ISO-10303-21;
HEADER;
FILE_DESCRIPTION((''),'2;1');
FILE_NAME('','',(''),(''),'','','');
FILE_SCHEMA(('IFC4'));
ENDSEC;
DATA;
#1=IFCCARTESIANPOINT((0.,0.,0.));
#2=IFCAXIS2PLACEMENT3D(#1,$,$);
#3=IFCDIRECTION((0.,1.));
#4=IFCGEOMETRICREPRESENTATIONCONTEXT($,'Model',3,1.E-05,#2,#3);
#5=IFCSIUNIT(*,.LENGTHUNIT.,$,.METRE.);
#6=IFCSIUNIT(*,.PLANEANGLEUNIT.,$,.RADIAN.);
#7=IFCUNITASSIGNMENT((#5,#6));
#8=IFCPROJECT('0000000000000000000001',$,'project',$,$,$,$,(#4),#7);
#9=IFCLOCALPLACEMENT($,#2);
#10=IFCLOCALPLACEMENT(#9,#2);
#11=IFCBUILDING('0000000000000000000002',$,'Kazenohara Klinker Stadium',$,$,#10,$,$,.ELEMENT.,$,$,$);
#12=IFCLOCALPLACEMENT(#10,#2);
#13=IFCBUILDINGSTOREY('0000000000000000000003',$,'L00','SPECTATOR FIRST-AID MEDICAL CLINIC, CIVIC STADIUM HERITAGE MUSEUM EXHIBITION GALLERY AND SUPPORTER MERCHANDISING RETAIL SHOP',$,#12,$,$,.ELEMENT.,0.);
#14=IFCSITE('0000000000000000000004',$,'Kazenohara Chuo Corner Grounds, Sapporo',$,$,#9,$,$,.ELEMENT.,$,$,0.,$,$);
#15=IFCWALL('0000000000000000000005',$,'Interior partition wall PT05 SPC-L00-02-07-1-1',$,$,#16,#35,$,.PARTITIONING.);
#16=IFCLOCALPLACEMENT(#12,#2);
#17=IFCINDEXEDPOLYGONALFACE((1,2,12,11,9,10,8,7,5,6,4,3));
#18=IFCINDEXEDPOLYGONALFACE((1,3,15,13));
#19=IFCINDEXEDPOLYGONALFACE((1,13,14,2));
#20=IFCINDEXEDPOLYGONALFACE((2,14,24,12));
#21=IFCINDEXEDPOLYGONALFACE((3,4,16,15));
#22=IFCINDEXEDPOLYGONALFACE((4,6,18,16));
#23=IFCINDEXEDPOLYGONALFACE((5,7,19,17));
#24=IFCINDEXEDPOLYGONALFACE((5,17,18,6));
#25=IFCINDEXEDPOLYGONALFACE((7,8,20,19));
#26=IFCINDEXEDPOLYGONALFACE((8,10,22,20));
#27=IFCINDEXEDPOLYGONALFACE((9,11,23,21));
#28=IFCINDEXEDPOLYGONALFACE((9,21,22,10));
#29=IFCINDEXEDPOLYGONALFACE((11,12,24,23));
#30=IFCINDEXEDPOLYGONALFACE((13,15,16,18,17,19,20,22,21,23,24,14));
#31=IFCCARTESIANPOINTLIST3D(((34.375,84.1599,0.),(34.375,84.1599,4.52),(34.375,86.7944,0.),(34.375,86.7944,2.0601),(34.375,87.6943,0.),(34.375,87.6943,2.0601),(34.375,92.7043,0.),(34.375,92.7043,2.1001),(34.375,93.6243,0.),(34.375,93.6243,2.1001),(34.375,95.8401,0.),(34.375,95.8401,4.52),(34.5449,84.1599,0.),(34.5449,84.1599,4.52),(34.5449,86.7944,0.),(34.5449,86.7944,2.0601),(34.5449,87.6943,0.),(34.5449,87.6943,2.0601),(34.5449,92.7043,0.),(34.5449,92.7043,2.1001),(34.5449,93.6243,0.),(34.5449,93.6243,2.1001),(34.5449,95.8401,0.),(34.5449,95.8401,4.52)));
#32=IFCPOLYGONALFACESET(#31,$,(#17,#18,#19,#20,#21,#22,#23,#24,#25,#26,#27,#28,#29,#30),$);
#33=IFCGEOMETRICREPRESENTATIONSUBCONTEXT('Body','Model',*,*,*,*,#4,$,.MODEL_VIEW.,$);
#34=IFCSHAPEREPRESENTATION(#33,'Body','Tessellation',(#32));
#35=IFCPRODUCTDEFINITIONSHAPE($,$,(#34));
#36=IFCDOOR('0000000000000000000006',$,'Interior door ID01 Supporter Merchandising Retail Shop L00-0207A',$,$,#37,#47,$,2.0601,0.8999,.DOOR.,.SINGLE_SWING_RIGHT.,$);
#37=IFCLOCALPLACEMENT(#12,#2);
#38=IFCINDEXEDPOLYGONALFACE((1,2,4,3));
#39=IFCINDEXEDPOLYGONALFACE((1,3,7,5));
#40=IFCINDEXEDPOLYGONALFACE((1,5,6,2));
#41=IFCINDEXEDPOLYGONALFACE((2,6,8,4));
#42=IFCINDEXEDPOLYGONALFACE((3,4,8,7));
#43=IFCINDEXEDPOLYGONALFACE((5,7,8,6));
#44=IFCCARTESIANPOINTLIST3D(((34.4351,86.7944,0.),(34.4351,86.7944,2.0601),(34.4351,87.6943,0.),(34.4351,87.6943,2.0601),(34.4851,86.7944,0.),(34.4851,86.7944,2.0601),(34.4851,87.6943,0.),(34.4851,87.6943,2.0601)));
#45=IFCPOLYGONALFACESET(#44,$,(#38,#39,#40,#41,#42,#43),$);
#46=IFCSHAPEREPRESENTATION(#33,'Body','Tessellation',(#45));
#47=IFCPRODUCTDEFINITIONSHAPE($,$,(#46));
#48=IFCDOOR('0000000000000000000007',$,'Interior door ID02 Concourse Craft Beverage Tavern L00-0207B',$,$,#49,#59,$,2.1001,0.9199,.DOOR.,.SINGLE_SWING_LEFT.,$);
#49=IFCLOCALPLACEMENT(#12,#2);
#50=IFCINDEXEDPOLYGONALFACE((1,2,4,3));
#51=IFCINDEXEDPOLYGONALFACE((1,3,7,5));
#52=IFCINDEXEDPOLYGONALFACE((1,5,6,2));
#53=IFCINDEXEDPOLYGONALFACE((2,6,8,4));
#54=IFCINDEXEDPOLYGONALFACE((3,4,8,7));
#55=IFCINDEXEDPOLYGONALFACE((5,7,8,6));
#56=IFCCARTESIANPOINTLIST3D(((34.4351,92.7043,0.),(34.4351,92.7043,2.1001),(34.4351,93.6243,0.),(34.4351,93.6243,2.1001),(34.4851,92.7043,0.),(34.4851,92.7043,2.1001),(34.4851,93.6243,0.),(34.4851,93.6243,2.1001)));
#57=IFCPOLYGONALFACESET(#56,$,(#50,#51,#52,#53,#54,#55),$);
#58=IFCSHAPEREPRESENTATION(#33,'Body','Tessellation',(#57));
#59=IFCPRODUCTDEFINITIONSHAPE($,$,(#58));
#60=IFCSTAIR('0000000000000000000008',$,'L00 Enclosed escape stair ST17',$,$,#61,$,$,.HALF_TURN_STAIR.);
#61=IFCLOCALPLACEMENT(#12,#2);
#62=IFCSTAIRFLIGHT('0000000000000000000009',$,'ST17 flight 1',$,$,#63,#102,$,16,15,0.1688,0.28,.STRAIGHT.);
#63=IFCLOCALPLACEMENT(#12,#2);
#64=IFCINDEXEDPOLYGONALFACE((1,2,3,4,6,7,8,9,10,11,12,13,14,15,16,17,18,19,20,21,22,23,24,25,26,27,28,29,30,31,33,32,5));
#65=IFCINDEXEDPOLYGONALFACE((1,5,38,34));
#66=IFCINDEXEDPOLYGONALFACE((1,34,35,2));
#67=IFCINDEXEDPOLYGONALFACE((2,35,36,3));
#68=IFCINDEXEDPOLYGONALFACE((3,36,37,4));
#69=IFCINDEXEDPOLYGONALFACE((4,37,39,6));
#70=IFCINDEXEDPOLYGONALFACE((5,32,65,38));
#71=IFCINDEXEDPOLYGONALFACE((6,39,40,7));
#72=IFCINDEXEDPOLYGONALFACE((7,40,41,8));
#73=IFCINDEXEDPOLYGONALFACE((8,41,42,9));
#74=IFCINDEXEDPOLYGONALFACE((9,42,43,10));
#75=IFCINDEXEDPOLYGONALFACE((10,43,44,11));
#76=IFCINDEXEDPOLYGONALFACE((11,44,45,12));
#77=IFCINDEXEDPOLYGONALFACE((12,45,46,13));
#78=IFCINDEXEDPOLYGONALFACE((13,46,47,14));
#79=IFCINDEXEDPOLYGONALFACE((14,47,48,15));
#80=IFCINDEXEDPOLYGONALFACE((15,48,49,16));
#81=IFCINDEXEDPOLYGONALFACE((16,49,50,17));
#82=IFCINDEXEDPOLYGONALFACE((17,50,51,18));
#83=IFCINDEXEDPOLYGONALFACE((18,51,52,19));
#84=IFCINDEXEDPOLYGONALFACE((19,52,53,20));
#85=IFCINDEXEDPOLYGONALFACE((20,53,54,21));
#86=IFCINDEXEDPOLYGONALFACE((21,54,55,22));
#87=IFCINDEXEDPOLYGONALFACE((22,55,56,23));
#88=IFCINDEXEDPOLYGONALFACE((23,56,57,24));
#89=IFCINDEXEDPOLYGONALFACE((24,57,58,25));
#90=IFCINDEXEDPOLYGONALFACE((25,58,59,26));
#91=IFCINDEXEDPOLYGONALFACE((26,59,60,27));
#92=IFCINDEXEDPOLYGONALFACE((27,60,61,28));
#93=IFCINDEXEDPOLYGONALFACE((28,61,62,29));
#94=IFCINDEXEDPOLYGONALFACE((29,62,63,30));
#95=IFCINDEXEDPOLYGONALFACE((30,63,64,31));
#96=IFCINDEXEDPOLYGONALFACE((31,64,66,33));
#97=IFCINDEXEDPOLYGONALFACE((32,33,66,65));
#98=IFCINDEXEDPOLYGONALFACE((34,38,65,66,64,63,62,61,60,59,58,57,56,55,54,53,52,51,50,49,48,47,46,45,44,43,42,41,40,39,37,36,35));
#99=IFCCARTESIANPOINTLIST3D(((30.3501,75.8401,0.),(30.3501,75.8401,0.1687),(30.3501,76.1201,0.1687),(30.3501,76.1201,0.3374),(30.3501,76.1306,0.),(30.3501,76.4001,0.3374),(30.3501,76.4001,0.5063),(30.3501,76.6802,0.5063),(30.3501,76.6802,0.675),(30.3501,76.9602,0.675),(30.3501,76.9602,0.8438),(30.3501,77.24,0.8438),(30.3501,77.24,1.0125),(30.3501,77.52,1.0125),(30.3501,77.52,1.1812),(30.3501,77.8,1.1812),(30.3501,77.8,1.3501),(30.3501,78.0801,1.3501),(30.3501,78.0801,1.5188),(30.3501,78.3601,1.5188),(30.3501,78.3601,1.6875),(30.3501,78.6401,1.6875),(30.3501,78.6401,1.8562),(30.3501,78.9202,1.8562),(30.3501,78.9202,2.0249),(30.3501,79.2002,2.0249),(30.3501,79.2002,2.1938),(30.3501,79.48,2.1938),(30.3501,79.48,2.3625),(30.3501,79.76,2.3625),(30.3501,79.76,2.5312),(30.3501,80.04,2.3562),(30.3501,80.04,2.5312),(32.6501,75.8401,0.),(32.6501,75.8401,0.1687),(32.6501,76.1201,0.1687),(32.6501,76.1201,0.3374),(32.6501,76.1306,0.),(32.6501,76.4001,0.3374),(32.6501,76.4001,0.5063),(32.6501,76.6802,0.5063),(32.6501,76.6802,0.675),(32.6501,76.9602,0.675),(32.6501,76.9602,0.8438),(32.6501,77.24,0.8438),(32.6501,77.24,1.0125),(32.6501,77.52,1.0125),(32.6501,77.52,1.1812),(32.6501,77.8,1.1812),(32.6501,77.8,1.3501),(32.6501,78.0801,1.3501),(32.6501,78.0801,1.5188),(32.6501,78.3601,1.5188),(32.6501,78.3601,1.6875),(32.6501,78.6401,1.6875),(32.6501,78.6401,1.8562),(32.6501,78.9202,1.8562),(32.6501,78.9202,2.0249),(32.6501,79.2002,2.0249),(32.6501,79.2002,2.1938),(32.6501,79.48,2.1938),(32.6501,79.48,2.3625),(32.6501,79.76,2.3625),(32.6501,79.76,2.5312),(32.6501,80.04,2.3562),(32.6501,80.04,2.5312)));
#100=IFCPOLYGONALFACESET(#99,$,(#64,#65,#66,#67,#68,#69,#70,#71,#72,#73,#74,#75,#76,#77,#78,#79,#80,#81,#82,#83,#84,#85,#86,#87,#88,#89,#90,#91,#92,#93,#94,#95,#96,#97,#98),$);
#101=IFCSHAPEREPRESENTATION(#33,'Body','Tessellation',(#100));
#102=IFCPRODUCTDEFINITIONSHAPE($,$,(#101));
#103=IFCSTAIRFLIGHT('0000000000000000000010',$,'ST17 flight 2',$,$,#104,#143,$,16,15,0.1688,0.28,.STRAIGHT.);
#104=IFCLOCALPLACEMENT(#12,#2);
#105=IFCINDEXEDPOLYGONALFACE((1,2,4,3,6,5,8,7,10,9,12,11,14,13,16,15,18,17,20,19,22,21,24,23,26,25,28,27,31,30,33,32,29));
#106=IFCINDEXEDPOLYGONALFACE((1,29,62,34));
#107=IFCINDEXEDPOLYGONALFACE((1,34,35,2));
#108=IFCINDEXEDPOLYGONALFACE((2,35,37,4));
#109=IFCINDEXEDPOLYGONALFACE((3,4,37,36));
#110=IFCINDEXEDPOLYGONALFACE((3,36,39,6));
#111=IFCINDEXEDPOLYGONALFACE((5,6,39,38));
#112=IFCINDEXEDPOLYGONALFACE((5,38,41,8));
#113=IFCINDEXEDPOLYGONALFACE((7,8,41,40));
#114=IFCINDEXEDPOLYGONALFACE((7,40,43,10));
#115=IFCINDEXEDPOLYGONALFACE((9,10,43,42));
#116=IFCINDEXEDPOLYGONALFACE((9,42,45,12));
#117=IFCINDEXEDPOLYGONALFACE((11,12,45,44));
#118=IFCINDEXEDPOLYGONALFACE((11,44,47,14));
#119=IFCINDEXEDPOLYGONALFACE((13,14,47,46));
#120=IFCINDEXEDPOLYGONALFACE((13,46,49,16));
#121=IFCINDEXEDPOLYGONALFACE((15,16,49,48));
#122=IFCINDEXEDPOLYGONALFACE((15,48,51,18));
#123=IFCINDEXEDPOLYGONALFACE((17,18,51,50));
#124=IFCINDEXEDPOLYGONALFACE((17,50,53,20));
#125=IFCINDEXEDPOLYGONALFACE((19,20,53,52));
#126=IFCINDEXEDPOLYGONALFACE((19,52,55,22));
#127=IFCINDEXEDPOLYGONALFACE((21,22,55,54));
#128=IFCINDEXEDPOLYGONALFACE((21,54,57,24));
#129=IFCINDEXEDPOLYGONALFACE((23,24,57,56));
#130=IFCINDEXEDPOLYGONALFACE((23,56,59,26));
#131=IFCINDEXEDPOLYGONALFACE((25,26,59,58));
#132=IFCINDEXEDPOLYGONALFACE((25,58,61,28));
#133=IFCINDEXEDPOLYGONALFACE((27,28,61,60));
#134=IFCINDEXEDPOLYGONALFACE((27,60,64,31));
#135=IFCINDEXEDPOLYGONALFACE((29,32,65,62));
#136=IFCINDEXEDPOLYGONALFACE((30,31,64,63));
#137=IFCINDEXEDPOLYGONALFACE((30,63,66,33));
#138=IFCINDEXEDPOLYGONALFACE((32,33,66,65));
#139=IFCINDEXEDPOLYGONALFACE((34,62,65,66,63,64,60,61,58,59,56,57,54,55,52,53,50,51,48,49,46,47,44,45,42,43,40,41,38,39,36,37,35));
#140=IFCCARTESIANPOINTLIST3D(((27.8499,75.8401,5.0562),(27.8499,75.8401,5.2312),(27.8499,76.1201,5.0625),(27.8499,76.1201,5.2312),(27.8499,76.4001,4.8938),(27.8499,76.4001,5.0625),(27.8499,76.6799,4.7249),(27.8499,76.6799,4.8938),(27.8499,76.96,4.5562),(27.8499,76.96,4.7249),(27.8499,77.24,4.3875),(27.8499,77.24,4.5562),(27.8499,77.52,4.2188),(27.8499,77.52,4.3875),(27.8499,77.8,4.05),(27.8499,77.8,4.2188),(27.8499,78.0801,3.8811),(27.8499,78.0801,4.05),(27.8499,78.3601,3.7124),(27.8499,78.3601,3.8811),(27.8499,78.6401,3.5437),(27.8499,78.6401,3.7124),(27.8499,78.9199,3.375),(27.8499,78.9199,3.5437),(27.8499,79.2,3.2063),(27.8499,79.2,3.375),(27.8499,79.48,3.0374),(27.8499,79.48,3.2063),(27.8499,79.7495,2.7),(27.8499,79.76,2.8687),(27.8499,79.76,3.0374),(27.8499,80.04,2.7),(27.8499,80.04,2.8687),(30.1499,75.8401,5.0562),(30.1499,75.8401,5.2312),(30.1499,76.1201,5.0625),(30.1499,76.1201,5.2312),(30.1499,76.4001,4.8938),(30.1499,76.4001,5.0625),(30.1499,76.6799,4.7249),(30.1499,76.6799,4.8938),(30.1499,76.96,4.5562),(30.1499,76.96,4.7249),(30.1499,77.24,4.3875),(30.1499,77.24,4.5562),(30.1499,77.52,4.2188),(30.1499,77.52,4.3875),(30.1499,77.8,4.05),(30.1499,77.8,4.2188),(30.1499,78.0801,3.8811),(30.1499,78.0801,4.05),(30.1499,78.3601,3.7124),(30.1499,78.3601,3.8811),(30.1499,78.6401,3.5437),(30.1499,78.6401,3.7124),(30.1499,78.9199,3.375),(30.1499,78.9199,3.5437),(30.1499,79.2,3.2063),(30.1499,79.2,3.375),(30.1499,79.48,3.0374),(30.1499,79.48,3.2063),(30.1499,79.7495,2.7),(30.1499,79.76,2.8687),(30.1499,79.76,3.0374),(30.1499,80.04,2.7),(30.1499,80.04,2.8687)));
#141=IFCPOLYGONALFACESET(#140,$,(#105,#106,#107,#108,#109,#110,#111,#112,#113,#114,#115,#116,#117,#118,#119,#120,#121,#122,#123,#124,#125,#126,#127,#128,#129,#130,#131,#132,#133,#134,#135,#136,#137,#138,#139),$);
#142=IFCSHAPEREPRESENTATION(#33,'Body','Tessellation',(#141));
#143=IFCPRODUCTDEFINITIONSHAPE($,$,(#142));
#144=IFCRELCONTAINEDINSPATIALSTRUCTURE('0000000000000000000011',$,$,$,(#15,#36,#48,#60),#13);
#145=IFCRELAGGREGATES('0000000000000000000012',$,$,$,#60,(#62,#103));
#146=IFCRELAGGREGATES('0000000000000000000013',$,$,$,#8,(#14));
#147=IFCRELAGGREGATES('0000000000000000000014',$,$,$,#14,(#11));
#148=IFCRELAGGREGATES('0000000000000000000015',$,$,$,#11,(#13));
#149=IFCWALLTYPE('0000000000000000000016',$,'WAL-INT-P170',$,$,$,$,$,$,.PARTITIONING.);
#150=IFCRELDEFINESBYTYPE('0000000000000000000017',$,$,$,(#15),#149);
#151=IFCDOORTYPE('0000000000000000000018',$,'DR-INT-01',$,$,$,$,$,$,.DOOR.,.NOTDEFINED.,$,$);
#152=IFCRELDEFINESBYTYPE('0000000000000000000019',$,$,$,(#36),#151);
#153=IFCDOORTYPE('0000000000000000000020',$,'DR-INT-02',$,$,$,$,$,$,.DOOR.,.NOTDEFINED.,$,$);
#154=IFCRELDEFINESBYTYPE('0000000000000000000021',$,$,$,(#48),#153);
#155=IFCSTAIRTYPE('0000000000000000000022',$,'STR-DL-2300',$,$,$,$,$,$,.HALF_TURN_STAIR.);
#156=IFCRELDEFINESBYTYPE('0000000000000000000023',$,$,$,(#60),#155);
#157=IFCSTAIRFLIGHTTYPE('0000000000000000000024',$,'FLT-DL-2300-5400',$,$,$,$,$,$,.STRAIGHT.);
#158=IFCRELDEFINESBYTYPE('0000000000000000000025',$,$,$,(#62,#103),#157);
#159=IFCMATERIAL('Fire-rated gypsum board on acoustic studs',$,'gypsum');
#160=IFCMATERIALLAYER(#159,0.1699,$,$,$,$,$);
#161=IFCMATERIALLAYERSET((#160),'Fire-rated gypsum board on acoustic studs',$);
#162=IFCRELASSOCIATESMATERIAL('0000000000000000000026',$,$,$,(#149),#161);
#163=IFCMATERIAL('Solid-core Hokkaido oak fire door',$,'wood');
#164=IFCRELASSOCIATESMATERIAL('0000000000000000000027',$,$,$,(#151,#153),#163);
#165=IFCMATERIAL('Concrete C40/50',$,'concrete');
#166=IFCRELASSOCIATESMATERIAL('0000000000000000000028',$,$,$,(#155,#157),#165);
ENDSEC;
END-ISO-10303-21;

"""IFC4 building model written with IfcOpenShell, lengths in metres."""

from ifc_helpers import new_model, si_unit, direction, frame, frame_2d, origin, place, context, subcontext, project, spatial, polyline, rectangle, outline, extrude, material, layer, layer_set, type_object, element, fill, aggregate, save


model = new_model("IFC4")

# Units and contexts
model_context = context("Model", 3, precision=1e-05, world=origin(), true_north=direction((0.0, 1.0)))
body_context = subcontext(model_context, "Body", "Model", "MODEL_VIEW")
ifc_project = project(units=[si_unit("LENGTHUNIT", "METRE"), si_unit("PLANEANGLEUNIT", "RADIAN")], contexts=[model_context])

# Site, building, storey
site_placement = place(None, origin())
site = spatial("IfcSite", under=ifc_project, at=site_placement, Name="Kazenohara Chuo Corner Grounds, Sapporo", CompositionType="ELEMENT", RefElevation=0.0)
building_placement = place(site_placement, origin())
building = spatial("IfcBuilding", under=site, at=building_placement, Name="Kazenohara Klinker Stadium", CompositionType="ELEMENT")
storey_placement = place(building_placement, origin())
storey = spatial("IfcBuildingStorey", under=building, at=storey_placement, Name="L00", Description="SPECTATOR FIRST-AID MEDICAL CLINIC, CIVIC STADIUM HERITAGE MUSEUM EXHIBITION GALLERY AND SUPPORTER MERCHANDISING RETAIL SHOP", CompositionType="ELEMENT", Elevation=0.0)

# Shared definitions
ifc_material_1 = material(Name="Concrete C40/50", Category="concrete")

# Wall, openings, doors
ifc_material_2 = material(Name="Fire-rated gypsum board on acoustic studs", Category="gypsum")
ifc_material_3 = material(Name="Solid-core Hokkaido oak fire door", Category="wood")
ifc_layer_1 = layer(ifc_material_2, 0.1699)
ifc_layer_set_1 = layer_set([ifc_layer_1], Name="Fire-rated gypsum board on acoustic studs")
wall_type_1 = type_object("IfcWallType", Name="WAL-INT-P170", PredefinedType="PARTITIONING", material=ifc_layer_set_1)
wall_1_placement = place(storey_placement, frame((34.46, 84.1599, 0.0), z_axis=(0.0, 0.0, 1.0), x_axis=(0.0, 1.0, 0.0)))
wall_1 = element("IfcWall", 1, at=wall_1_placement, inside=storey, type_object=wall_type_1, Name="Interior partition wall PT05 SPC-L00-02-07-1-1", PredefinedType="PARTITIONING", context=body_context, shape_type="SweptSolid", body=[
    extrude(rectangle(XDim=11.6802, YDim=0.1699, at=frame_2d((5.8401, 0.0))), origin(), (0.0, 0.0, 1.0), 4.52),
])
opening_1_placement = place(wall_1_placement, frame((2.6345, 0.0, 0.0)))
opening_1 = element("IfcOpeningElement", 2, at=opening_1_placement, cuts=wall_1, PredefinedType="OPENING", context=body_context, shape_type="SweptSolid", body=[
    extrude(rectangle(XDim=0.8999, YDim=2.0601, at=frame_2d((0.45, 1.03))), frame((0.0, 0.095, 0.0), z_axis=(0.0, -1.0, 0.0), x_axis=(1.0, 0.0, 0.0)), (0.0, 0.0, 1.0), 0.1899),
])
opening_2_placement = place(wall_1_placement, frame((8.5444, 0.0, 0.0)))
opening_2 = element("IfcOpeningElement", 3, at=opening_2_placement, cuts=wall_1, PredefinedType="OPENING", context=body_context, shape_type="SweptSolid", body=[
    extrude(rectangle(XDim=0.9199, YDim=2.1001, at=frame_2d((0.46, 1.05))), frame((0.0, 0.095, 0.0), z_axis=(0.0, -1.0, 0.0), x_axis=(1.0, 0.0, 0.0)), (0.0, 0.0, 1.0), 0.1899),
])
door_type_1 = type_object("IfcDoorType", Name="DR-INT-01", OperationType="NOTDEFINED", PredefinedType="DOOR", material=ifc_material_3)
door_1_placement = place(opening_1_placement, origin())
door_1 = element("IfcDoor", 4, at=door_1_placement, inside=storey, type_object=door_type_1, Name="Interior door ID01 Supporter Merchandising Retail Shop L00-0207A", OperationType="SINGLE_SWING_RIGHT", OverallHeight=2.0601, OverallWidth=0.8999, PredefinedType="DOOR", context=body_context, shape_type="SweptSolid", body=[
    extrude(rectangle(XDim=0.8999, YDim=2.0601, at=frame_2d((0.45, 1.03))), frame((0.0, 0.0249, 0.0), z_axis=(0.0, -1.0, 0.0), x_axis=(1.0, 0.0, 0.0)), (0.0, 0.0, 1.0), 0.05),
])
fill(opening_1, door_1)
door_type_2 = type_object("IfcDoorType", Name="DR-INT-02", OperationType="NOTDEFINED", PredefinedType="DOOR", material=ifc_material_3)
door_2_placement = place(opening_2_placement, origin())
door_2 = element("IfcDoor", 5, at=door_2_placement, inside=storey, type_object=door_type_2, Name="Interior door ID02 Concourse Craft Beverage Tavern L00-0207B", OperationType="SINGLE_SWING_LEFT", OverallHeight=2.1001, OverallWidth=0.9199, PredefinedType="DOOR", context=body_context, shape_type="SweptSolid", body=[
    extrude(rectangle(XDim=0.9199, YDim=2.1001, at=frame_2d((0.46, 1.05))), frame((0.0, 0.0249, 0.0), z_axis=(0.0, -1.0, 0.0), x_axis=(1.0, 0.0, 0.0)), (0.0, 0.0, 1.0), 0.05),
])
fill(opening_2, door_2)

# Stair, stair flights
stair_type = type_object("IfcStairType", Name="STR-DL-2300", PredefinedType="HALF_TURN_STAIR", material=ifc_material_1)
stair_placement = place(storey_placement, origin())
stair = element("IfcStair", 6, at=stair_placement, inside=storey, type_object=stair_type, Name="L00 Enclosed escape stair ST17", PredefinedType="HALF_TURN_STAIR")
stair_flight_type = type_object("IfcStairFlightType", Name="FLT-DL-2300-5400", PredefinedType="STRAIGHT", material=ifc_material_1)
stair_flight_1_placement = place(storey_placement, frame((31.5, 75.8401, 0.0), z_axis=(0.0, 0.0, 1.0), x_axis=(0.0, 1.0, 0.0)))
stair_flight_1 = element("IfcStairFlight", 7, at=stair_flight_1_placement, type_object=stair_flight_type, Name="ST17 flight 1", NumberOfRisers=16, NumberOfTreads=15, PredefinedType="STRAIGHT", RiserHeight=0.1688, TreadLength=0.28, context=body_context, shape_type="SweptSolid", body=[
    extrude(outline(polyline([(0.0, 0.0), (0.0, 0.1687), (0.28, 0.1687), (0.28, 0.3374), (0.5601, 0.3374), (0.5601, 0.5063), (0.8401, 0.5063), (0.8401, 0.675), (1.1201, 0.675), (1.1201, 0.8438), (1.3999, 0.8438), (1.3999, 1.0125), (1.6799, 1.0125), (1.6799, 1.1812), (1.96, 1.1812), (1.96, 1.3501), (2.24, 1.3501), (2.24, 1.5188), (2.52, 1.5188), (2.52, 1.6875), (2.8, 1.6875), (2.8, 1.8562), (3.0801, 1.8562), (3.0801, 2.0249), (3.3601, 2.0249), (3.3601, 2.1938), (3.6399, 2.1938), (3.6399, 2.3625), (3.9199, 2.3625), (3.9199, 2.5312), (4.2, 2.5312), (4.2, 2.7), (4.2, 2.3562), (0.2905, 0.0), (0.0, 0.0)])), frame((0.0, 1.1499, 0.0), z_axis=(0.0, -1.0, 0.0), x_axis=(1.0, 0.0, 0.0)), (0.0, 0.0, 1.0), 2.3),
])
stair_flight_2_placement = place(storey_placement, frame((29.0, 80.04, 2.7), z_axis=(0.0, 0.0, 1.0), x_axis=(0.0, -1.0, 0.0)))
stair_flight_2 = element("IfcStairFlight", 8, at=stair_flight_2_placement, type_object=stair_flight_type, Name="ST17 flight 2", NumberOfRisers=16, NumberOfTreads=15, PredefinedType="STRAIGHT", RiserHeight=0.1688, TreadLength=0.28, context=body_context, shape_type="SweptSolid", body=[
    extrude(outline(polyline([(0.0, 0.0), (0.0, 0.1687), (0.28, 0.1687), (0.28, 0.3374), (0.5601, 0.3374), (0.5601, 0.5063), (0.8401, 0.5063), (0.8401, 0.675), (1.1201, 0.675), (1.1201, 0.8438), (1.3999, 0.8438), (1.3999, 1.0125), (1.6799, 1.0125), (1.6799, 1.1812), (1.96, 1.1812), (1.96, 1.3501), (2.24, 1.3501), (2.24, 1.5188), (2.52, 1.5188), (2.52, 1.6875), (2.8, 1.6875), (2.8, 1.8562), (3.0801, 1.8562), (3.0801, 2.0249), (3.3601, 2.0249), (3.3601, 2.1938), (3.6399, 2.1938), (3.6399, 2.3625), (3.9199, 2.3625), (3.9199, 2.5312), (4.2, 2.5312), (4.2, 2.7), (4.2, 2.3562), (0.2905, 0.0), (0.0, 0.0)])), frame((0.0, 1.1499, 0.0), z_axis=(0.0, -1.0, 0.0), x_axis=(1.0, 0.0, 0.0)), (0.0, 0.0, 1.0), 2.3),
])
aggregate(stair, [stair_flight_1, stair_flight_2])

save(model, "model.ifc")
